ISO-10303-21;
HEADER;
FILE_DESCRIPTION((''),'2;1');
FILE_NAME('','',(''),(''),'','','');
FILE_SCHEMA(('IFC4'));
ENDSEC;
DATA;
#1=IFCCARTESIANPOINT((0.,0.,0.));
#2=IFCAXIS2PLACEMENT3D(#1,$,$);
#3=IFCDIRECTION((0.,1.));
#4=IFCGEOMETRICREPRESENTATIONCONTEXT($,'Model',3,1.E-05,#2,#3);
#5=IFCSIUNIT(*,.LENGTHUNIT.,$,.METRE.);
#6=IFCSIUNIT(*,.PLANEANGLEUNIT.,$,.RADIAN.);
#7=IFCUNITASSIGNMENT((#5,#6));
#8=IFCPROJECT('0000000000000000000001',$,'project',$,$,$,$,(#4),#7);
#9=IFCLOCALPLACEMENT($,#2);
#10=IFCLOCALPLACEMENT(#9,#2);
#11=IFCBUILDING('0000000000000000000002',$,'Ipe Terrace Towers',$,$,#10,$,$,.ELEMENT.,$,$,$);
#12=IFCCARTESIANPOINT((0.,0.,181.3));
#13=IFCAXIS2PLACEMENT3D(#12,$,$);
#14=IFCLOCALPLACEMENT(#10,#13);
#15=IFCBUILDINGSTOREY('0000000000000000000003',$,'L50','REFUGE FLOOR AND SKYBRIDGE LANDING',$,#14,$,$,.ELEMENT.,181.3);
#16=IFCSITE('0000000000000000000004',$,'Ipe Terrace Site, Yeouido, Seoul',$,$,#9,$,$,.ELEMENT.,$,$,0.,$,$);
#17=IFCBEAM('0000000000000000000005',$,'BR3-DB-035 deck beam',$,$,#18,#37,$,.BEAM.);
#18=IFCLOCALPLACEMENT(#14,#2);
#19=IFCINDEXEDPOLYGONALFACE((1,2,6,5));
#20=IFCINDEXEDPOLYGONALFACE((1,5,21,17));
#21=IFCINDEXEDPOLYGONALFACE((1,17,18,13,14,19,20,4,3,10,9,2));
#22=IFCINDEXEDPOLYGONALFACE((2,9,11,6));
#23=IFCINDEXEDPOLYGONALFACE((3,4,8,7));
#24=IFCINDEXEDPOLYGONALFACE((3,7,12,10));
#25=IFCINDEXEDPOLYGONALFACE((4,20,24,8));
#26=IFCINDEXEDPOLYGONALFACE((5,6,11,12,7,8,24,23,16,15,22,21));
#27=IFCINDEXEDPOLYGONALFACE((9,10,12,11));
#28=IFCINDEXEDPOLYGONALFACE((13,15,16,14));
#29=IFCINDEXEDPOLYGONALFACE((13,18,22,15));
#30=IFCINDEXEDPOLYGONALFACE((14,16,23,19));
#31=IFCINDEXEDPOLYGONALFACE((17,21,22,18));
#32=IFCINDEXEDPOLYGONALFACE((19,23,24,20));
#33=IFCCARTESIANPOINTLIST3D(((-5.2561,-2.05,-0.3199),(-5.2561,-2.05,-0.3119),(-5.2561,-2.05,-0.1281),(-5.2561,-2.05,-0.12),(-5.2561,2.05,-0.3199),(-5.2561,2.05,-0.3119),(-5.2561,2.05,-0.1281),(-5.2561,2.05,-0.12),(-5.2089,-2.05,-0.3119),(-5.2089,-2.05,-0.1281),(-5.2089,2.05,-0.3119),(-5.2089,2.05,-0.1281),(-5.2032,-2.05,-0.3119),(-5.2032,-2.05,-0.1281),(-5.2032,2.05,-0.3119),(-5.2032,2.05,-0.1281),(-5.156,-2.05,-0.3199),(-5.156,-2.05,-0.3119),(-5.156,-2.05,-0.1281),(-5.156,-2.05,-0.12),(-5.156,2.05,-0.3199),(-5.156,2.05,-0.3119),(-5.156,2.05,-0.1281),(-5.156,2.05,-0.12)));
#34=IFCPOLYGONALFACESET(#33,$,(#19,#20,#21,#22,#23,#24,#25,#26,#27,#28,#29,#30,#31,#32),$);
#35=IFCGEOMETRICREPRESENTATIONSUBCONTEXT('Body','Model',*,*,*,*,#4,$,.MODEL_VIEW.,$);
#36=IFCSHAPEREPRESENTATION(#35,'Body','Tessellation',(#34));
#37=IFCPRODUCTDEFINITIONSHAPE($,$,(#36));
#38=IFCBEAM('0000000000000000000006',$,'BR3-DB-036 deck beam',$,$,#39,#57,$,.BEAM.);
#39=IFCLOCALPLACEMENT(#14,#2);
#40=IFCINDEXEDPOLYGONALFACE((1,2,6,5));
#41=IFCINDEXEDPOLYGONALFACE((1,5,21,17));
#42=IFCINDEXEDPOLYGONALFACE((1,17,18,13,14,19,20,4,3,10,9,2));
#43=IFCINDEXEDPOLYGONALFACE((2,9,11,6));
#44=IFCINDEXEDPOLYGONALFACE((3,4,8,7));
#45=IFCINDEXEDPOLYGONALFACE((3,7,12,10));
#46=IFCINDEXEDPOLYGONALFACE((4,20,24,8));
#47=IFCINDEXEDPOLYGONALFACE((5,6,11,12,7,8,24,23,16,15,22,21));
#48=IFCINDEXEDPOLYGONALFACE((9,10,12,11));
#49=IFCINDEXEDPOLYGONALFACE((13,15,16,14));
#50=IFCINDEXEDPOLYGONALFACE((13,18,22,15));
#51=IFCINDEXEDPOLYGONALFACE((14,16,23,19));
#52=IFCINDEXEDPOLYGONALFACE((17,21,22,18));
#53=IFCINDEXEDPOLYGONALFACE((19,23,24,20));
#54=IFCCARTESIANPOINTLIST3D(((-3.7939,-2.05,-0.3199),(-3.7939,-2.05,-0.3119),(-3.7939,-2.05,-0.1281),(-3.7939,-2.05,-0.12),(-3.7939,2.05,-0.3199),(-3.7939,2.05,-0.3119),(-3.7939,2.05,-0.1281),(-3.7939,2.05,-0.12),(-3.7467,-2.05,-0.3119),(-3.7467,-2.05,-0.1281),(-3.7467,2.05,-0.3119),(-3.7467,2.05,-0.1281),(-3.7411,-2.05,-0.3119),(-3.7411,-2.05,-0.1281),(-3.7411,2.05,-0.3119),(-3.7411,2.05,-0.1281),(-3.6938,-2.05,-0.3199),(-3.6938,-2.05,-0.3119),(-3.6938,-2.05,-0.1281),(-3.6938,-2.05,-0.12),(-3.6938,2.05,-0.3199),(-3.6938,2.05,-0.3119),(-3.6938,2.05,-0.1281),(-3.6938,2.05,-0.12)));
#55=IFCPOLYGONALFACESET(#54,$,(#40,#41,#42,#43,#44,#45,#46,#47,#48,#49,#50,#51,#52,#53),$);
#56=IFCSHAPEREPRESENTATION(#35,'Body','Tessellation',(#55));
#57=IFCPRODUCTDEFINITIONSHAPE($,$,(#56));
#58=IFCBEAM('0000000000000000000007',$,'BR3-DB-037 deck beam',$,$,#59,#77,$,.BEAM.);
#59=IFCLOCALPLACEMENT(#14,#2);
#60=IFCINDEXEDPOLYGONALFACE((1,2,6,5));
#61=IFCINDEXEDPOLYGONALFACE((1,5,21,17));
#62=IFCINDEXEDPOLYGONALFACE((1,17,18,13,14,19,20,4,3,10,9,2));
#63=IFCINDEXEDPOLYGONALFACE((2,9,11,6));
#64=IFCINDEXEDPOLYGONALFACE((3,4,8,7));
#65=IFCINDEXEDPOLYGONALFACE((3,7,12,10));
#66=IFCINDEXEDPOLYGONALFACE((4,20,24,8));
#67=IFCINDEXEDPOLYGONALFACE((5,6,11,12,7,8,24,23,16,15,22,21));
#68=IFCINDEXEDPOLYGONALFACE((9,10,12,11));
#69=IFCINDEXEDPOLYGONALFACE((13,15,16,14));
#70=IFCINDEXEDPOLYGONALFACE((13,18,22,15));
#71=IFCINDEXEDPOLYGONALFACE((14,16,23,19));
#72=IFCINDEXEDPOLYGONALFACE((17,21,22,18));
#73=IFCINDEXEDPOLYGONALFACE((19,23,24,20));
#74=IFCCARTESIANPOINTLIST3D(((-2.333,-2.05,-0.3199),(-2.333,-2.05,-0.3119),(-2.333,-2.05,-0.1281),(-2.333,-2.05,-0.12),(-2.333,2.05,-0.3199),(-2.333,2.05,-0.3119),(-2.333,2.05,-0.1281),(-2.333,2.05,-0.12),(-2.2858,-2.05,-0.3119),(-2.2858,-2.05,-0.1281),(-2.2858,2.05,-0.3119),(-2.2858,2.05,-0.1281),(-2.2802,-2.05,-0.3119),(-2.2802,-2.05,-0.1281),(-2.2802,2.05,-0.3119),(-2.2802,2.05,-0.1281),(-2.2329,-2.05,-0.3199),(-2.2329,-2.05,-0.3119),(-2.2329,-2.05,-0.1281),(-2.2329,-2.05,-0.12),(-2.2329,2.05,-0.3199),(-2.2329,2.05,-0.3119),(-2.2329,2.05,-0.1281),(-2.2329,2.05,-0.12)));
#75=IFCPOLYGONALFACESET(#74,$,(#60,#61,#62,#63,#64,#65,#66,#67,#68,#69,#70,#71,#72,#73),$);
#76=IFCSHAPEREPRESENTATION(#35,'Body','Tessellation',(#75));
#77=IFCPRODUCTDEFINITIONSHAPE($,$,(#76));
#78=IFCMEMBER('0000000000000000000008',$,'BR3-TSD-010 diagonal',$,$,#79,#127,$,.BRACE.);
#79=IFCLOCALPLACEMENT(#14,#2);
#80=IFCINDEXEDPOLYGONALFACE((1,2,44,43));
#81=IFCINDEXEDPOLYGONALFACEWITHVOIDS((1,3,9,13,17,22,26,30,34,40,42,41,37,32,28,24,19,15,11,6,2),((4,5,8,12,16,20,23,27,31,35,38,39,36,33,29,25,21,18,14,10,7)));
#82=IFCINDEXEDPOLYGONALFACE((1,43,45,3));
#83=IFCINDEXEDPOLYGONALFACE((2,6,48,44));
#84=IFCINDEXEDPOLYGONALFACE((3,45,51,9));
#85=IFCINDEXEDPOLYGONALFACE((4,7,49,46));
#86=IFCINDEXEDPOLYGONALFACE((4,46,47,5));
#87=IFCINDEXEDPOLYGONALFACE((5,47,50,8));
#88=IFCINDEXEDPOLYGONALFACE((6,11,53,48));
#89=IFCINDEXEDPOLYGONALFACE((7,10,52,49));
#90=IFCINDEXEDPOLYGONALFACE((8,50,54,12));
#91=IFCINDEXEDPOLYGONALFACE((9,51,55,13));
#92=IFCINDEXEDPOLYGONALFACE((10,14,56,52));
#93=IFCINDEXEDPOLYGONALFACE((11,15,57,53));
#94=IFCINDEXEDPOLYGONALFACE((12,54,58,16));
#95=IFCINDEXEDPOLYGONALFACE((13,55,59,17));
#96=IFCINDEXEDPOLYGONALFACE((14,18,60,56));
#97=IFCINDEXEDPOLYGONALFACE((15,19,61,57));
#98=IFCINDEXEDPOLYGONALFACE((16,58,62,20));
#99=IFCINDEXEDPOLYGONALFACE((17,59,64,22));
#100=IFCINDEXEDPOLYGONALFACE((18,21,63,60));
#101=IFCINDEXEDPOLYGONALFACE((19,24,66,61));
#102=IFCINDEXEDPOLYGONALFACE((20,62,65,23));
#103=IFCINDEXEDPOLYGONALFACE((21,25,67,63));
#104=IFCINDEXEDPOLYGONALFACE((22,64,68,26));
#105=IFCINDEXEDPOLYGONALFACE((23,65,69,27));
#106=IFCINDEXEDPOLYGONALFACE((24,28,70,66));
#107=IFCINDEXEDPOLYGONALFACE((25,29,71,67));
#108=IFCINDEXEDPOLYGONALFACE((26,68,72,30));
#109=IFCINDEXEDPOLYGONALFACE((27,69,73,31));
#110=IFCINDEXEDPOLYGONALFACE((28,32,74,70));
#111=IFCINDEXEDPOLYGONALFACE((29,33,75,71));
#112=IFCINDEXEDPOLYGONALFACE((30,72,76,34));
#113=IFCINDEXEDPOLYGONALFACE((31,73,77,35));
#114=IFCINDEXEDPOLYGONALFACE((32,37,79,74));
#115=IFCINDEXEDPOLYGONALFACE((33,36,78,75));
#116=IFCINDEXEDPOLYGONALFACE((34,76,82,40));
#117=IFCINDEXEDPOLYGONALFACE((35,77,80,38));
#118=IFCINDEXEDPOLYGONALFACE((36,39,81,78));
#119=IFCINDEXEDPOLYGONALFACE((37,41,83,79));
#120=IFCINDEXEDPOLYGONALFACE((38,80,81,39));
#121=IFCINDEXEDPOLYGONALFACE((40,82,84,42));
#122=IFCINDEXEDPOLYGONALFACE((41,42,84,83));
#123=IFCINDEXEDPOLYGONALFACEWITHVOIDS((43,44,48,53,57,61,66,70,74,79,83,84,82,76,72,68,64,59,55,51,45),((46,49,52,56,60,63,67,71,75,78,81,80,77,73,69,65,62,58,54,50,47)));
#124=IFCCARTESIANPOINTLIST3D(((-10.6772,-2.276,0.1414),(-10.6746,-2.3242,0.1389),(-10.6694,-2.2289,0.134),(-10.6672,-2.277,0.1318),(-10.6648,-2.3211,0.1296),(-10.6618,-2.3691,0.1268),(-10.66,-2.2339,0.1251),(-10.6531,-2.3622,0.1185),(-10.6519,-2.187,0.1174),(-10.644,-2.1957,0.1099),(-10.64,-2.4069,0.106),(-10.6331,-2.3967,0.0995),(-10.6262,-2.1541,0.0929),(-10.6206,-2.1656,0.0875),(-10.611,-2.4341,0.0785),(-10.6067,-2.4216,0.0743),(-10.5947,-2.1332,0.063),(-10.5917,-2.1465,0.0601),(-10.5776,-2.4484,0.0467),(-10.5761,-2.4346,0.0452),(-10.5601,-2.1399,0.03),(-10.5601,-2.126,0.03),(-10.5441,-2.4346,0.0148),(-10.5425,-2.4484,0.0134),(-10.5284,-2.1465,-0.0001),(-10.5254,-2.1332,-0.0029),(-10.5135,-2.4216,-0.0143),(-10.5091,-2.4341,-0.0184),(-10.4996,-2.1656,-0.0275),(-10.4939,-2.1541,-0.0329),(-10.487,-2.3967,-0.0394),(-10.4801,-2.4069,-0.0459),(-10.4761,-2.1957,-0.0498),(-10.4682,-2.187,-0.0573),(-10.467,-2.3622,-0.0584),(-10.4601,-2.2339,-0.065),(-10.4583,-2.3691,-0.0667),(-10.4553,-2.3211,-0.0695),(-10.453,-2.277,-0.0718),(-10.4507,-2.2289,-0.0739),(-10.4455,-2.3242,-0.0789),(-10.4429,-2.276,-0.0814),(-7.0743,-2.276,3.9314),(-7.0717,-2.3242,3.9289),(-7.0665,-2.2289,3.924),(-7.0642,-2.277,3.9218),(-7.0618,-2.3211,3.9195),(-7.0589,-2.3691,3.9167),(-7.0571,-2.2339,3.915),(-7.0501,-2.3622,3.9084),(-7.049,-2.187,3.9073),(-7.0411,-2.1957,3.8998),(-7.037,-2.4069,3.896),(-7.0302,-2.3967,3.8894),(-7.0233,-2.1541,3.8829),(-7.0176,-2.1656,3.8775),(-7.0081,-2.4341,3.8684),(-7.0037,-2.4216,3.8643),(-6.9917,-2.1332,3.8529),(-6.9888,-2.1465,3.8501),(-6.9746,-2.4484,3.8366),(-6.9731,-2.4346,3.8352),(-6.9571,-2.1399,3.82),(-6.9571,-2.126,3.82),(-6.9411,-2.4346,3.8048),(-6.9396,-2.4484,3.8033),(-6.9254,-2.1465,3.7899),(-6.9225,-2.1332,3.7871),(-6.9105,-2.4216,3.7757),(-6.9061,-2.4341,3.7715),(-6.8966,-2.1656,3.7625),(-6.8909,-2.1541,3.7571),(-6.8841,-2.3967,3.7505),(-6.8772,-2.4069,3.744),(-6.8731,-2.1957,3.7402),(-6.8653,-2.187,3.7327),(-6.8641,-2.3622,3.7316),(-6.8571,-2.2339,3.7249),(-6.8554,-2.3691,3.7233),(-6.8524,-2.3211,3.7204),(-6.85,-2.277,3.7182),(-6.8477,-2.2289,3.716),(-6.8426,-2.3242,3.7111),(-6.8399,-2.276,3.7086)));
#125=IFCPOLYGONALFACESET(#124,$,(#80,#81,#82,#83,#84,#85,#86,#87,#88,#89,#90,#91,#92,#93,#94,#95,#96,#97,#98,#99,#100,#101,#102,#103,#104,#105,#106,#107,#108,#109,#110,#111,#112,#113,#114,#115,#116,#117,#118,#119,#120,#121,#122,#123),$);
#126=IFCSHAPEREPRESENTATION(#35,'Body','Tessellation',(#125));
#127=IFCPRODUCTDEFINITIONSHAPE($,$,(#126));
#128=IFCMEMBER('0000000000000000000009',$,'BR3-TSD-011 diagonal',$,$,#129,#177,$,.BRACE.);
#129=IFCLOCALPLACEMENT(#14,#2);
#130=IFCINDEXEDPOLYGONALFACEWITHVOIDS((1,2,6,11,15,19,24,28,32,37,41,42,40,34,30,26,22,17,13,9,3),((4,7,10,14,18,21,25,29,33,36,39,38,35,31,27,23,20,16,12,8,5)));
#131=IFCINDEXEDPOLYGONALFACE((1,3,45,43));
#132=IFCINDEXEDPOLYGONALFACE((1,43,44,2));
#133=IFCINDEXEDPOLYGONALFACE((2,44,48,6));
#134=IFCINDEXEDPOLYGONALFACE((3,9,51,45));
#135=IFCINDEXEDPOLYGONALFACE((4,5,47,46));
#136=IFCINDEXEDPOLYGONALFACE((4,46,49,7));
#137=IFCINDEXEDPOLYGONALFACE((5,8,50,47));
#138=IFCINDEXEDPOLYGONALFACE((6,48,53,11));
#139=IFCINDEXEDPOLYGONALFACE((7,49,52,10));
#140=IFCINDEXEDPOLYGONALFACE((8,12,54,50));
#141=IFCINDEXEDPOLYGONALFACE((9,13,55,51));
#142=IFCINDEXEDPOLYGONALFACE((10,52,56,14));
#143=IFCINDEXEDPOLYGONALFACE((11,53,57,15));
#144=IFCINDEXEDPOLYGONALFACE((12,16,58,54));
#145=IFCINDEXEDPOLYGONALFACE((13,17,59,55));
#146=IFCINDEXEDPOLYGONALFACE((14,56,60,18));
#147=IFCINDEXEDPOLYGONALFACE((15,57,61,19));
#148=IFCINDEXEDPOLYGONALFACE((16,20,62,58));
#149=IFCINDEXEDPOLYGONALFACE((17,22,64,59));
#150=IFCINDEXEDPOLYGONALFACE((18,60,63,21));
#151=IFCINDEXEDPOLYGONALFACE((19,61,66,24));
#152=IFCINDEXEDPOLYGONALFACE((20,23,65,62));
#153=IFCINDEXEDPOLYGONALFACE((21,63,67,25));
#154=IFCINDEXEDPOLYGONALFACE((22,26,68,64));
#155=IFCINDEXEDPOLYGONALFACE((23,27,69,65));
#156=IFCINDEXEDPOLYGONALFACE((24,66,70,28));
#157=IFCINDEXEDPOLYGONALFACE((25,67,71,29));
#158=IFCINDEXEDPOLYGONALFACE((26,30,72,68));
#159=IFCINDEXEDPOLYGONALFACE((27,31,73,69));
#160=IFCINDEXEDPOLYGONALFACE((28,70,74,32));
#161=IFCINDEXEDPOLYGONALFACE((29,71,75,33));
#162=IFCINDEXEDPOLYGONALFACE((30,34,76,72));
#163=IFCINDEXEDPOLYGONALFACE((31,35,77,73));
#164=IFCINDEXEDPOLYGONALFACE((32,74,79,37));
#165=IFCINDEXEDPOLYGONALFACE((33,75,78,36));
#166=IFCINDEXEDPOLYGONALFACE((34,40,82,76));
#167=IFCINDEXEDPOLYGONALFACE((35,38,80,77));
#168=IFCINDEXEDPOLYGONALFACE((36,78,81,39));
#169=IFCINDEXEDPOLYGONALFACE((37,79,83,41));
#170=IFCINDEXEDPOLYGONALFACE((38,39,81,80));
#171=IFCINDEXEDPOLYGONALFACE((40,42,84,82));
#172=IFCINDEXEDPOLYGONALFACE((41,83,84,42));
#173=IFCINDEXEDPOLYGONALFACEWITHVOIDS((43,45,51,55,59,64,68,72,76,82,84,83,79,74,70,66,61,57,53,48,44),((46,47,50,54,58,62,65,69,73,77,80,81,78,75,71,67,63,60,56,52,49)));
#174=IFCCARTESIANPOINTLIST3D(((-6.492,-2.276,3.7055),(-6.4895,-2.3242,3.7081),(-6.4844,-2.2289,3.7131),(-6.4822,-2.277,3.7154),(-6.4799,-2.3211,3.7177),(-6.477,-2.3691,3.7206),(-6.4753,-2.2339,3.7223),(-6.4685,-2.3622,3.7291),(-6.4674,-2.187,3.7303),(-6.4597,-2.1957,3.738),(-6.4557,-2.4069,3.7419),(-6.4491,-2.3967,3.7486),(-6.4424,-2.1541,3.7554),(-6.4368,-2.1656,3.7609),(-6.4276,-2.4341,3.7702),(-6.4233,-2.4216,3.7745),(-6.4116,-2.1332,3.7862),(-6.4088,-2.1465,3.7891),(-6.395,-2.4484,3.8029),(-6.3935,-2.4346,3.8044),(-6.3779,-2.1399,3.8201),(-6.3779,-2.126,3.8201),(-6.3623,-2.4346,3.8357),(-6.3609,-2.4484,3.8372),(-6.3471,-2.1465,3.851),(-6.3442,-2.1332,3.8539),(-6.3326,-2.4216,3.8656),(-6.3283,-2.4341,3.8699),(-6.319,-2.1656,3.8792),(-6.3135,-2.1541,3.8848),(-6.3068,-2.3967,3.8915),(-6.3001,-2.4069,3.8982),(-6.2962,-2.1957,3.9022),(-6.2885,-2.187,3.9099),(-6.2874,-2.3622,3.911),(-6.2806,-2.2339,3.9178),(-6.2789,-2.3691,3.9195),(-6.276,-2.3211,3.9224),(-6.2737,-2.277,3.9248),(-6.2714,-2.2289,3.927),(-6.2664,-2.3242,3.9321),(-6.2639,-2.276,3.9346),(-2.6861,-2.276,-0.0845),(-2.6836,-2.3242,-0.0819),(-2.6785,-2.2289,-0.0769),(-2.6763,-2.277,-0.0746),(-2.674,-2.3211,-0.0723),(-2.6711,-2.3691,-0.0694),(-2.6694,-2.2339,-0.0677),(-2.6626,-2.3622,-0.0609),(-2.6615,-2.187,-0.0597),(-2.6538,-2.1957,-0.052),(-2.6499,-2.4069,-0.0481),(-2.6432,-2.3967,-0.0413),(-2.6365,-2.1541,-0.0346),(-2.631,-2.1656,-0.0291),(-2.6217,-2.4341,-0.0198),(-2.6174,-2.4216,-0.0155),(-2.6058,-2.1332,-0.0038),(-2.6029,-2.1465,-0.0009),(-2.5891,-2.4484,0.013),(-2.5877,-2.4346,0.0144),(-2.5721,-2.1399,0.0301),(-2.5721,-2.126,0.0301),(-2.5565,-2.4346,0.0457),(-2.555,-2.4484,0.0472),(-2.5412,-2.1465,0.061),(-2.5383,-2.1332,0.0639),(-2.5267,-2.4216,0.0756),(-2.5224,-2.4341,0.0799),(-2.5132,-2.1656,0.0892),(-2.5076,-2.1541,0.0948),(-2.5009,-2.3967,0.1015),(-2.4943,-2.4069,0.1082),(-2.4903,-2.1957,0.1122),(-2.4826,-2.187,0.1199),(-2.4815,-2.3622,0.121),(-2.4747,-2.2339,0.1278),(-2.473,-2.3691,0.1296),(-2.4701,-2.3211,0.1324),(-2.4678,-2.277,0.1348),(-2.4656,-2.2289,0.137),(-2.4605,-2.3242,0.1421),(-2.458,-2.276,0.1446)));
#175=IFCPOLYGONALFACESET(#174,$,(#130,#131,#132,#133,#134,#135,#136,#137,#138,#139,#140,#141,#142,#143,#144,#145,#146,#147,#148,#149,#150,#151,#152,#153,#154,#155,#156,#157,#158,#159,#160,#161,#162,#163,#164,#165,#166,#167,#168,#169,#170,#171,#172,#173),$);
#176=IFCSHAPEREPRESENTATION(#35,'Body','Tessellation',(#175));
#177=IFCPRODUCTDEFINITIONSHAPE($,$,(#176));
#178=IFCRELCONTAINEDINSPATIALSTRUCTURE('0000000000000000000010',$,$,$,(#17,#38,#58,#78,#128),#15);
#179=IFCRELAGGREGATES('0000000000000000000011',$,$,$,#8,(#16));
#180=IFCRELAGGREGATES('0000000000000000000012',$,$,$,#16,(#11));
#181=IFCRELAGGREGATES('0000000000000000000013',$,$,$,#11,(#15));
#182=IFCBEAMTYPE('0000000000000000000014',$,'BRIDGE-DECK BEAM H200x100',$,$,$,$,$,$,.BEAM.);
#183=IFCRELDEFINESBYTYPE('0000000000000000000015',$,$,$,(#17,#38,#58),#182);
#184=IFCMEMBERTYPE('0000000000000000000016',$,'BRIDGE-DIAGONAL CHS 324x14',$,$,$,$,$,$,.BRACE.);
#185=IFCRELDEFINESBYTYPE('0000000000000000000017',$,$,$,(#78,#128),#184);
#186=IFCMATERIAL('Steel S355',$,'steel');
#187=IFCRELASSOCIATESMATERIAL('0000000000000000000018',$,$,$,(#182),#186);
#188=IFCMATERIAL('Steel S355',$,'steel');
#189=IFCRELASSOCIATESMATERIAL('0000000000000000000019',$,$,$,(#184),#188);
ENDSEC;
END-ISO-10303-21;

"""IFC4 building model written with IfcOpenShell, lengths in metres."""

from ifc_helpers import new_model, si_unit, direction, frame, origin, origin_2d, place, context, subcontext, project, spatial, hollow_circle, i_section, extrude, material, material_profile, profile_set, type_object, element, save


model = new_model("IFC4")

# Units and contexts
model_context = context("Model", 3, precision=1e-05, world=origin(), true_north=direction((0.0, 1.0)))
body_context = subcontext(model_context, "Body", "Model", "MODEL_VIEW")
ifc_project = project(units=[si_unit("LENGTHUNIT", "METRE"), si_unit("PLANEANGLEUNIT", "RADIAN")], contexts=[model_context])

# Site, building, storey
site_placement = place(None, origin())
site = spatial("IfcSite", under=ifc_project, at=site_placement, Name="Ipe Terrace Site, Yeouido, Seoul", CompositionType="ELEMENT", RefElevation=0.0)
building_placement = place(site_placement, origin())
building = spatial("IfcBuilding", under=site, at=building_placement, Name="Ipe Terrace Towers", CompositionType="ELEMENT")
storey_placement = place(building_placement, frame((0.0, 0.0, 181.3)))
storey = spatial("IfcBuildingStorey", under=building, at=storey_placement, Name="L50", Description="REFUGE FLOOR AND SKYBRIDGE LANDING", CompositionType="ELEMENT", Elevation=181.3)

# Beams
ifc_material_1 = material(Name="Steel S355", Category="steel")
ifc_material_profile_1 = material_profile(ifc_material_1, i_section(OverallWidth=0.1001, OverallDepth=0.2, WebThickness=0.0056, FlangeThickness=0.0081, at=origin_2d()), Name="H200x100")
ifc_profile_set_1 = profile_set([ifc_material_profile_1], Name="Steel S355")
beam_type_1 = type_object("IfcBeamType", Name="BRIDGE-DECK BEAM H200x100", PredefinedType="BEAM", material=ifc_profile_set_1)
for number, where, z_axis, x_axis, name in (
    (1, (-5.2061, -2.05, -0.22), (0.0, 1.0, 0.0), (-1.0, 0.0, 0.0), "BR3-DB-035 deck beam"),
    (2, (-3.7439, -2.05, -0.22), (0.0, 1.0, 0.0), (-1.0, 0.0, 0.0), "BR3-DB-036 deck beam"),
    (3, (-2.283, -2.05, -0.22), (0.0, 1.0, 0.0), (-1.0, 0.0, 0.0), "BR3-DB-037 deck beam"),
):
    element("IfcBeam", number, at=place(storey_placement, frame(where, z_axis=z_axis, x_axis=x_axis)), inside=storey, type_object=beam_type_1, Name=name, PredefinedType="BEAM", context=body_context, shape_type="SweptSolid", body=[
        extrude(i_section(OverallWidth=0.1001, OverallDepth=0.2, WebThickness=0.0056, FlangeThickness=0.0081, at=origin_2d()), origin(), (0.0, 0.0, 1.0), 4.1001),
    ])

# Members
ifc_material_2 = material(Name="Steel S355", Category="steel")
ifc_material_profile_2 = material_profile(ifc_material_2, hollow_circle(Radius=0.1621, WallThickness=0.0139, at=origin_2d()), Name="BRIDGE-DIAGONAL CHS 324x14")
ifc_profile_set_2 = profile_set([ifc_material_profile_2], Name="Steel S355")
member_type_1 = type_object("IfcMemberType", Name="BRIDGE-DIAGONAL CHS 324x14", PredefinedType="BRACE", material=ifc_profile_set_2)
member_1_placement = place(storey_placement, frame((-10.5601, -2.2881, 0.03), z_axis=(0.689, 0.0, 0.724762), x_axis=(0.0, 1.0, 0.0)))
element("IfcMember", 4, at=member_1_placement, inside=storey, type_object=member_type_1, Name="BR3-TSD-010 diagonal", PredefinedType="BRACE", context=body_context, shape_type="SweptSolid", body=[
    extrude(hollow_circle(Radius=0.1621, WallThickness=0.0139, at=origin_2d()), origin(), (0.0, 0.0, 1.0), 5.2292),
])
member_2_placement = place(storey_placement, frame((-6.3779, -2.2881, 3.8201), z_axis=(0.708582, 0.0, -0.705628), x_axis=(0.0, 1.0, 0.0)))
element("IfcMember", 5, at=member_2_placement, inside=storey, type_object=member_type_1, Name="BR3-TSD-011 diagonal", PredefinedType="BRACE", context=body_context, shape_type="SweptSolid", body=[
    extrude(hollow_circle(Radius=0.1621, WallThickness=0.0139, at=origin_2d()), origin(), (0.0, 0.0, 1.0), 5.3711),
])

save(model, "model.ifc")
